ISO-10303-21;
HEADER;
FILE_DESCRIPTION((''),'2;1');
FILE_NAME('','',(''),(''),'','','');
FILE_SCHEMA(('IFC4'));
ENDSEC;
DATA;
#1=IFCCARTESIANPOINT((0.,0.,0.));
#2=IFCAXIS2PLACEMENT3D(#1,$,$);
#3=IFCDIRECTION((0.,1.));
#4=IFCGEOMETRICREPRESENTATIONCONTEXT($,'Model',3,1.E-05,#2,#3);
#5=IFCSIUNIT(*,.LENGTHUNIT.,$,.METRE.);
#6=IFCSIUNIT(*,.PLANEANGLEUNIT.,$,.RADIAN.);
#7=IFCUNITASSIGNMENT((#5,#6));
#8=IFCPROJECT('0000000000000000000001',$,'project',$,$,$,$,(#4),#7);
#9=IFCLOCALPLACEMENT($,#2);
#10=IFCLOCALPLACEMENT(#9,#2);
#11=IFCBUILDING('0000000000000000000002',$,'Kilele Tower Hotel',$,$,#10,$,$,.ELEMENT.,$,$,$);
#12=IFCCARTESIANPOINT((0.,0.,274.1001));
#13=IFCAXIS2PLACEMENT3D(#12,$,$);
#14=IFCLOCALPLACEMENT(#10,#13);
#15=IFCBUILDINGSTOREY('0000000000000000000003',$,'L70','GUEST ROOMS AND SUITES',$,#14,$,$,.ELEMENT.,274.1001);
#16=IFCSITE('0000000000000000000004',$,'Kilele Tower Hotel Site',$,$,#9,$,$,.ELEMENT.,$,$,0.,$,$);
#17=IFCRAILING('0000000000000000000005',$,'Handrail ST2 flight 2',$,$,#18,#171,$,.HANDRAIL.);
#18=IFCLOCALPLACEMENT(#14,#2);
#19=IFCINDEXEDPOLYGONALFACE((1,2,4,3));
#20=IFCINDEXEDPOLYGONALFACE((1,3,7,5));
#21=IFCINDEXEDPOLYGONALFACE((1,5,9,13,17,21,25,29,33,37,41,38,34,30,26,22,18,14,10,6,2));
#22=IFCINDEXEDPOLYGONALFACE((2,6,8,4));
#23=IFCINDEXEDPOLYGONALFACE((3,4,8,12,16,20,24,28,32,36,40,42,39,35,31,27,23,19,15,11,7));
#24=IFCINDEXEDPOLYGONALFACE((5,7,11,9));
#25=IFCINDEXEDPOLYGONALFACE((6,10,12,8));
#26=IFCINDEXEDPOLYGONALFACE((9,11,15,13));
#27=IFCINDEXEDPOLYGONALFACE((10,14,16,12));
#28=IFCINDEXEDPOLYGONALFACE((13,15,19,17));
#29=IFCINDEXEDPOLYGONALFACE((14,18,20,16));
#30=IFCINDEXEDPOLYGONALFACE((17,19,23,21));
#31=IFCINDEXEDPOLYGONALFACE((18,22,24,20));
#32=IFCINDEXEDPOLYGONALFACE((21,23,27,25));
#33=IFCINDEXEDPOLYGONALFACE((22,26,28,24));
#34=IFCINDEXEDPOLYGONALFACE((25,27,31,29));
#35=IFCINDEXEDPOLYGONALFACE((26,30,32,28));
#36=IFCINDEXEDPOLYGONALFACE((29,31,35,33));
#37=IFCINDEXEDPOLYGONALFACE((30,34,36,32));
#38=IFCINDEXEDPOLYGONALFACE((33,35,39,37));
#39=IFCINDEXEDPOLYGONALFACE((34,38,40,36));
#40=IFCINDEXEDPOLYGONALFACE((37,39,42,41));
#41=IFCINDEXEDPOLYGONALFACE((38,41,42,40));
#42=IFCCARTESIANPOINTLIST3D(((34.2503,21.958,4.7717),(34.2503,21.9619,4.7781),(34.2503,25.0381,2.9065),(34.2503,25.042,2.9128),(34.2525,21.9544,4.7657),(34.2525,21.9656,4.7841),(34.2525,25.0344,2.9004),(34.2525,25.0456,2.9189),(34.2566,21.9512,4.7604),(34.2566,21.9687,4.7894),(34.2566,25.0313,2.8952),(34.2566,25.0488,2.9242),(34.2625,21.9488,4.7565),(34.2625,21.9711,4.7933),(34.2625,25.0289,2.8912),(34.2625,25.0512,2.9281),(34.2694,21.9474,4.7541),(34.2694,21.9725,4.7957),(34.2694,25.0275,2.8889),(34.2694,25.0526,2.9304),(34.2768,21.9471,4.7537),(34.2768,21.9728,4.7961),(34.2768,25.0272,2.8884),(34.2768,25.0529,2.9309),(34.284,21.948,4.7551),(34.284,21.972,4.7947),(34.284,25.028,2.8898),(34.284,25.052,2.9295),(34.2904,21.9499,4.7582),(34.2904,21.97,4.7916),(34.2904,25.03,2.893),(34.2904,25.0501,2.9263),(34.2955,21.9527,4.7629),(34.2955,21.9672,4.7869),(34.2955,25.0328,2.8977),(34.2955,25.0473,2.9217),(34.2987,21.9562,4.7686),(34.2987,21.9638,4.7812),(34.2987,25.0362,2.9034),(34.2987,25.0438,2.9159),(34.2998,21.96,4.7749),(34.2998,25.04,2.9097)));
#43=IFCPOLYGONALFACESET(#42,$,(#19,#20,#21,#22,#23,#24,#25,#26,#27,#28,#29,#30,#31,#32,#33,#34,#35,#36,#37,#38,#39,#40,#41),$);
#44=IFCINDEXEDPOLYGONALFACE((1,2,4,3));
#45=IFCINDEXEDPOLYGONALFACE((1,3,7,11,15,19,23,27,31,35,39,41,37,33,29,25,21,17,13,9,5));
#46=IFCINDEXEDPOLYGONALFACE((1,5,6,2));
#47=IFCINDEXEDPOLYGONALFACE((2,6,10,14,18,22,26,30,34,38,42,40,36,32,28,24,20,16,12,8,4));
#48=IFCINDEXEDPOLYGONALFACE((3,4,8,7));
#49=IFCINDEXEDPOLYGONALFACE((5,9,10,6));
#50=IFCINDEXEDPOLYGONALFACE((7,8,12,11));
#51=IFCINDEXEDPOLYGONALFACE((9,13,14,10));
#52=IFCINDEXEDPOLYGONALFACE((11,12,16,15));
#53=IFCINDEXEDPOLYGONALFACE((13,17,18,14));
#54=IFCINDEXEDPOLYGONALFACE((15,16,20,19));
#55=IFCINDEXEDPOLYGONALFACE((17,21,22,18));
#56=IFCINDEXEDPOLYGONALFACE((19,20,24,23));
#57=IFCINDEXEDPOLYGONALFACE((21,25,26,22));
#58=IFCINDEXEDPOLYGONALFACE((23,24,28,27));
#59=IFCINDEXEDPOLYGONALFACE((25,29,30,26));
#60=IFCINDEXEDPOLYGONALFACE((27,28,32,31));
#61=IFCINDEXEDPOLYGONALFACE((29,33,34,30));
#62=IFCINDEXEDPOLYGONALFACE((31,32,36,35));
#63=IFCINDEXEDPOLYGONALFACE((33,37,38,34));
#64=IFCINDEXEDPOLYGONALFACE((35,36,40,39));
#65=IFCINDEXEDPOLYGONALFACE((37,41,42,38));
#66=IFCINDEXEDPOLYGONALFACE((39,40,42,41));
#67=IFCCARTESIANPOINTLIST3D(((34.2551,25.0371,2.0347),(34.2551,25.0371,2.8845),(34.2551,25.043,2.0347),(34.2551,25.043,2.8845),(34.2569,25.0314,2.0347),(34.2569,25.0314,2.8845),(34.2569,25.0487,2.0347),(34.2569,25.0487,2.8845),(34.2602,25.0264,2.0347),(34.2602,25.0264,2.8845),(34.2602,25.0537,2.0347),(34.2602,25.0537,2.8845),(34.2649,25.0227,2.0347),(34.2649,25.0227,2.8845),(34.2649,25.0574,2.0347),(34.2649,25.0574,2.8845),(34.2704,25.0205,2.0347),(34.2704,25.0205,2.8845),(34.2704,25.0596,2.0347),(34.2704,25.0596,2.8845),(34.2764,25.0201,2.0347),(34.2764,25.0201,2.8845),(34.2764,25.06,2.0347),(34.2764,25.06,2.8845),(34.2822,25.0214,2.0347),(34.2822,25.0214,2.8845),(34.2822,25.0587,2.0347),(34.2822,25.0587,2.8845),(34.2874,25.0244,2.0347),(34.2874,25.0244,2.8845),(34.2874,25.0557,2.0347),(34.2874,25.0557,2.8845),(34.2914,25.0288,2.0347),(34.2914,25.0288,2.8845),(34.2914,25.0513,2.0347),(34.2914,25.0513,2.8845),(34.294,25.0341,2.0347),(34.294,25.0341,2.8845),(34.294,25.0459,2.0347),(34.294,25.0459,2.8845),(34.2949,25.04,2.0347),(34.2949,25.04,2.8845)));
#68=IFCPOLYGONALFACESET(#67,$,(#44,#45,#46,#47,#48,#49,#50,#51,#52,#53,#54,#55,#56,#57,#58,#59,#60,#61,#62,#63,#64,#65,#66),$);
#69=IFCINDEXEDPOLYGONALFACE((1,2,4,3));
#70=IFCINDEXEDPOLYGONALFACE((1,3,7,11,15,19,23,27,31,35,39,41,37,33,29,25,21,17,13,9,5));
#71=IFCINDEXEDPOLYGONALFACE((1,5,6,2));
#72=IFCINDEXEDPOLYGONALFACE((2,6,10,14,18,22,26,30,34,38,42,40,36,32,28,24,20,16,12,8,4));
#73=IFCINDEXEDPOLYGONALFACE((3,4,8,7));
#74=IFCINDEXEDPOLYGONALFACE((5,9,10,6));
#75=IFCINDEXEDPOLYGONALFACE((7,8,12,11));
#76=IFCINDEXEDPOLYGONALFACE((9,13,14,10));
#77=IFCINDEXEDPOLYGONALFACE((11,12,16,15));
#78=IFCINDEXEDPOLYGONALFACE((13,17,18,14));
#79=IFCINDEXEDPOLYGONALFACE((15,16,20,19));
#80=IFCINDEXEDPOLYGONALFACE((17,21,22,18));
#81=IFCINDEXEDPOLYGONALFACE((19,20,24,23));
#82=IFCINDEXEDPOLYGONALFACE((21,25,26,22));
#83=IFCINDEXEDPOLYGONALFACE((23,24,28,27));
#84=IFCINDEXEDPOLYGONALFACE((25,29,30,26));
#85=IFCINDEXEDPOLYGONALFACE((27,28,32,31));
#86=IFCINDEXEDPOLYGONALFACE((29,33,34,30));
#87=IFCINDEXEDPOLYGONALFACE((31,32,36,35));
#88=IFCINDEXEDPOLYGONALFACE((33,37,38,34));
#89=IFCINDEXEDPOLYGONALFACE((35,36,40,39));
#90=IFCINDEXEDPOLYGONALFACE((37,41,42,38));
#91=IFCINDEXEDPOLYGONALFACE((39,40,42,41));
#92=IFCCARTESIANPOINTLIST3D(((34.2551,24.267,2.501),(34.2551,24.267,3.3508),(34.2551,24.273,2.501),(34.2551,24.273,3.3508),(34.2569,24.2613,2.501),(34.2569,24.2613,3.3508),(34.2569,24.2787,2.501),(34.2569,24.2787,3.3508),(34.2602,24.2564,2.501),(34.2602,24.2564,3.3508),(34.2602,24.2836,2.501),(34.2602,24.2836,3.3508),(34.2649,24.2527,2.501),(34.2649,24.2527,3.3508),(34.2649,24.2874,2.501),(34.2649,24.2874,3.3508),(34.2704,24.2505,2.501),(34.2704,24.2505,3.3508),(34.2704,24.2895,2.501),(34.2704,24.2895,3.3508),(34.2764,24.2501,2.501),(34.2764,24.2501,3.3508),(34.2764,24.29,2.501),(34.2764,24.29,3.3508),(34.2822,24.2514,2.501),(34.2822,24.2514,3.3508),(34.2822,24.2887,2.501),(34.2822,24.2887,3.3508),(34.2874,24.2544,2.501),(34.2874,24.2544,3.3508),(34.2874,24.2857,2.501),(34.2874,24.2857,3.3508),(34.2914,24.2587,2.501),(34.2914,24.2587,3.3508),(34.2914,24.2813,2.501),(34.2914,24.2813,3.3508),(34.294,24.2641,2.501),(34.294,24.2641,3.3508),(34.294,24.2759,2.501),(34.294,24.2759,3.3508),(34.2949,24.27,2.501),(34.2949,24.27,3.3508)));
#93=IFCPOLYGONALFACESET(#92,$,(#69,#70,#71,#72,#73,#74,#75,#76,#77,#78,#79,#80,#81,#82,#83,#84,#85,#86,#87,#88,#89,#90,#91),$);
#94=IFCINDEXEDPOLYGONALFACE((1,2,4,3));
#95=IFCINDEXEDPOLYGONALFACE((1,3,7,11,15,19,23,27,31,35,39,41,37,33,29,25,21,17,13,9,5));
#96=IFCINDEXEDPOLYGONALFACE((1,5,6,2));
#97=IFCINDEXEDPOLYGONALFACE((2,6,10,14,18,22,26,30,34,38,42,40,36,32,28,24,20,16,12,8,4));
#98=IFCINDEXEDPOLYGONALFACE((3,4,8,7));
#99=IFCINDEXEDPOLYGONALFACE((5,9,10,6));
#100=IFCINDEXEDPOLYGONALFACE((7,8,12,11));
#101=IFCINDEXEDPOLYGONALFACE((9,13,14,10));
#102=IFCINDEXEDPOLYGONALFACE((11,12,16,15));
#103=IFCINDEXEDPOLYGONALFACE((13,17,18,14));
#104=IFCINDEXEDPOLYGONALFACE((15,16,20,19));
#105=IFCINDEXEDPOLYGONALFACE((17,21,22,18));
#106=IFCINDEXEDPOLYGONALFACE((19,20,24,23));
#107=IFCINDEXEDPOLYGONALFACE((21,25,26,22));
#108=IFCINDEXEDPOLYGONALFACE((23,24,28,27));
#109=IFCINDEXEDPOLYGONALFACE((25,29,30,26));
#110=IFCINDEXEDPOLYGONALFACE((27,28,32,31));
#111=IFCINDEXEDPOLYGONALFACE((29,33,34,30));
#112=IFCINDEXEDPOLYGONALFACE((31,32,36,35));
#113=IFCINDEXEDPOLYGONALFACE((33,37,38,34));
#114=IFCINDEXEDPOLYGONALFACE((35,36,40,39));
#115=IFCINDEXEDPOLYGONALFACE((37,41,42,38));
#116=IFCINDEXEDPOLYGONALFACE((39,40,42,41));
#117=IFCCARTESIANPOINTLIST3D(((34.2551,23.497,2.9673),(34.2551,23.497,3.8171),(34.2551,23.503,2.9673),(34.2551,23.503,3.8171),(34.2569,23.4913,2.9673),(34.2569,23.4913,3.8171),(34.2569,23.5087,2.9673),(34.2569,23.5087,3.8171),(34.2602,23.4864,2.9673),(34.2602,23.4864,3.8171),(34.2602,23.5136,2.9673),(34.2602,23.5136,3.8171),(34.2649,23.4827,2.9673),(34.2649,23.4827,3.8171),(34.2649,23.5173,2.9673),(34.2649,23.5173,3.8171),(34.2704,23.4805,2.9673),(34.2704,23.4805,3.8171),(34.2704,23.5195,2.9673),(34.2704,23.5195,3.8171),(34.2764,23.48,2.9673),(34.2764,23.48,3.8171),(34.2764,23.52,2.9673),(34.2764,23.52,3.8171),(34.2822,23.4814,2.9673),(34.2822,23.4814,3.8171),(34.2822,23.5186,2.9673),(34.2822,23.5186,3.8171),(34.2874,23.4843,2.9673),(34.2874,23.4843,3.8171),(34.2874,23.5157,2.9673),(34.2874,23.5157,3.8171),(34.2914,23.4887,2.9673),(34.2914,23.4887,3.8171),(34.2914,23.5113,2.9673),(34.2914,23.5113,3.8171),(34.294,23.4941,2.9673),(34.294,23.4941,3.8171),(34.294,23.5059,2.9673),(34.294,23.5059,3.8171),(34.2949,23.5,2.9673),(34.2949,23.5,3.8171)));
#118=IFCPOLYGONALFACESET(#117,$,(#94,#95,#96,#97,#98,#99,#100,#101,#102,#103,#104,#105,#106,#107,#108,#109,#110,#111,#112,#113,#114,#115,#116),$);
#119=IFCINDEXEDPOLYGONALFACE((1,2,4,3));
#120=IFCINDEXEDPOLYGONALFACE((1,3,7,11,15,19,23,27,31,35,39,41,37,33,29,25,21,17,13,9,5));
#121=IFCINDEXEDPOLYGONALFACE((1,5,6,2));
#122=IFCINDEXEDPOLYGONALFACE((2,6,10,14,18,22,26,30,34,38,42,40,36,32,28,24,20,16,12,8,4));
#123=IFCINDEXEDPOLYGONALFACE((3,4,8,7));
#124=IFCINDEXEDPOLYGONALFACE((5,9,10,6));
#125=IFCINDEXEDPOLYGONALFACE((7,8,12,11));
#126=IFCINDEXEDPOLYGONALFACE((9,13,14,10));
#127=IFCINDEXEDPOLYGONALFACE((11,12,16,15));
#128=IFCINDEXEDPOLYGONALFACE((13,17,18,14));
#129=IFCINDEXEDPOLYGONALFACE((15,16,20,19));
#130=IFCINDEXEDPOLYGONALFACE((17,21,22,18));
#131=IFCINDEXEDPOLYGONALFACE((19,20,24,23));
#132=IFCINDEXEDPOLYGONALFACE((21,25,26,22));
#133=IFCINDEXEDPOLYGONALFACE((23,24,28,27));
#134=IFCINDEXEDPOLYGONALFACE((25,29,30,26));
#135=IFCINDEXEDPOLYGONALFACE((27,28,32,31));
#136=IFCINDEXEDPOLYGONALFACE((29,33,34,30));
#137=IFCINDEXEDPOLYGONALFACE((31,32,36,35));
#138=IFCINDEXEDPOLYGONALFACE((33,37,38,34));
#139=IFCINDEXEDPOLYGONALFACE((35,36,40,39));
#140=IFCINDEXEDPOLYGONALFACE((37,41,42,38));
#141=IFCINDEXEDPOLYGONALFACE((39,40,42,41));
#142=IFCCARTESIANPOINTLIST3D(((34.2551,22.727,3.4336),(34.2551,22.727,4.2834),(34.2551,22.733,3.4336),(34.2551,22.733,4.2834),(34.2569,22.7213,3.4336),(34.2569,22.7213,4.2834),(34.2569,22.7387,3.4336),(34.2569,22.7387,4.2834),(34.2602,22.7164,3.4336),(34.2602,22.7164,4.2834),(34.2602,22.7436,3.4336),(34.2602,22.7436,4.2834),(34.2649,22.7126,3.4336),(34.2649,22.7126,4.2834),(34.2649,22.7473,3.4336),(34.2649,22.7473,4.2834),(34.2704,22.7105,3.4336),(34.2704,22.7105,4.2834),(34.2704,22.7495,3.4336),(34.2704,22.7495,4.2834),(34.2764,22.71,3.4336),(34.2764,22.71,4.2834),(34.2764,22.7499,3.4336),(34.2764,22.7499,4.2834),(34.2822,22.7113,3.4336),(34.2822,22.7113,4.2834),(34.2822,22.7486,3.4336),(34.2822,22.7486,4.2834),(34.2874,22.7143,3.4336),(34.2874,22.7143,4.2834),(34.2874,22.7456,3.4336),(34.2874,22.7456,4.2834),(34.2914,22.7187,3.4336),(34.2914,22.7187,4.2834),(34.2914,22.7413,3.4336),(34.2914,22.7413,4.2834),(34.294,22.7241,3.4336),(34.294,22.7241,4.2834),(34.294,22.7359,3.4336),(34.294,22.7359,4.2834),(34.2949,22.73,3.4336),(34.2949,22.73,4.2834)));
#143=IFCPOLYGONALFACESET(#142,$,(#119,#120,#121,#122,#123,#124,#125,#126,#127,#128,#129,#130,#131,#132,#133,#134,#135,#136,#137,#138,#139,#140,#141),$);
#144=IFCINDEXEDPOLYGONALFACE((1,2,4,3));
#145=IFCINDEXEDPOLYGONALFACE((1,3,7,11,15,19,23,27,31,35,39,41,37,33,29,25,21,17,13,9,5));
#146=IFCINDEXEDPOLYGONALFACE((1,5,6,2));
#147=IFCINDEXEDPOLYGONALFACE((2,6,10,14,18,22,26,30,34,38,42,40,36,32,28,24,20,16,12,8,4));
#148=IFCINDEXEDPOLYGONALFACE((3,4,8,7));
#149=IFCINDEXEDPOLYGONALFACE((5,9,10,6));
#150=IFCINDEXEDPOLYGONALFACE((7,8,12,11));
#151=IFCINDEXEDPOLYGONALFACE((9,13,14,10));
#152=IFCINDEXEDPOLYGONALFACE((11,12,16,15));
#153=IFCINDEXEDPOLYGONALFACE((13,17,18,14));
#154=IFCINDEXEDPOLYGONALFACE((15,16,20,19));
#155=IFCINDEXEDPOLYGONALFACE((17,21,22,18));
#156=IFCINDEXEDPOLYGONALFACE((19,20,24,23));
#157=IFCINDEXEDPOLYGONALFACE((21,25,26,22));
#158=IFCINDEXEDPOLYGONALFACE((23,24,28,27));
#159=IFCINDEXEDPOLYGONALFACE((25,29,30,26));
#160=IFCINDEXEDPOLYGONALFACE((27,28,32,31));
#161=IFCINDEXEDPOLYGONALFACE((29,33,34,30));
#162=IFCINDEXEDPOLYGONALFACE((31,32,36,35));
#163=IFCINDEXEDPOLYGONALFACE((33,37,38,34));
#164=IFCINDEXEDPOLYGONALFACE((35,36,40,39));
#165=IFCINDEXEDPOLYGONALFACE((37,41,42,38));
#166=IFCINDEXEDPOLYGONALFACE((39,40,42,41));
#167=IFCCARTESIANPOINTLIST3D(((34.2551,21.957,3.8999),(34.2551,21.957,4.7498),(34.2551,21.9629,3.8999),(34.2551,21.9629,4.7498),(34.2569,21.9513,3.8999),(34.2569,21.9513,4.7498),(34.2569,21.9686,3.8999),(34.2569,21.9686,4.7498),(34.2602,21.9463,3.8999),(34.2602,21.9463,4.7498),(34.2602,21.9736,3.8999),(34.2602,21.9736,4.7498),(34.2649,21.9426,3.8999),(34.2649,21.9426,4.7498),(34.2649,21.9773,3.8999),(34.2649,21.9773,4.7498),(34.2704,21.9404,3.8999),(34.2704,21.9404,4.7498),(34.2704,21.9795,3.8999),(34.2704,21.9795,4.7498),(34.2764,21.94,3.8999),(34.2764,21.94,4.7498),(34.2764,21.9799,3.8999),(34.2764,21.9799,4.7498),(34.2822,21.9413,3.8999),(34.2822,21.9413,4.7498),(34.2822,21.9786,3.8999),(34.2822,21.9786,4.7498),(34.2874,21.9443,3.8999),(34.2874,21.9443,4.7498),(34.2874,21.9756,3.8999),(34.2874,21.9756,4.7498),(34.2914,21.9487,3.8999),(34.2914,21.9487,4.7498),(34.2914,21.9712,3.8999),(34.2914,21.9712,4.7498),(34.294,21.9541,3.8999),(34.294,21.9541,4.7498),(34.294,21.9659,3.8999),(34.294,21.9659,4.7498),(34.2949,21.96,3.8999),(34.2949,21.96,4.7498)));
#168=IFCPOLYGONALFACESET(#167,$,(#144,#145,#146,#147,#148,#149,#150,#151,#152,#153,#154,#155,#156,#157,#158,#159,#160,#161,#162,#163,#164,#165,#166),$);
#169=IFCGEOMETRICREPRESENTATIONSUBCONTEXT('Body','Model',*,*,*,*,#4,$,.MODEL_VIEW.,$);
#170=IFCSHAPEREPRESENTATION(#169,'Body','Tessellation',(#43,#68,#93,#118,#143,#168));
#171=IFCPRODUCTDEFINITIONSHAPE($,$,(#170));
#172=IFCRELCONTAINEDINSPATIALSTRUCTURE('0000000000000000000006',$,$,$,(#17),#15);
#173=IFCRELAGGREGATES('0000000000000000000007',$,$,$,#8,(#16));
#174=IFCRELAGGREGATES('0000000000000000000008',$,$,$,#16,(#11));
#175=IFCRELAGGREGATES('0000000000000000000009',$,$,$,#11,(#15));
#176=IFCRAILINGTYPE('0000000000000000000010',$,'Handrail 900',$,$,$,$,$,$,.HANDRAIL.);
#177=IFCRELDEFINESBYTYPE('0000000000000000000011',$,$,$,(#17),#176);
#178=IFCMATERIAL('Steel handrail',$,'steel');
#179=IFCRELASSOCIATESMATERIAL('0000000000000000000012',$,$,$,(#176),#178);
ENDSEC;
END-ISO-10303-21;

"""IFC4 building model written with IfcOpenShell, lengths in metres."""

from ifc_helpers import new_model, si_unit, direction, frame, origin, origin_2d, place, context, subcontext, project, spatial, circle, extrude, material, type_object, element, save


model = new_model("IFC4")

# Units and contexts
model_context = context("Model", 3, precision=1e-05, world=origin(), true_north=direction((0.0, 1.0)))
body_context = subcontext(model_context, "Body", "Model", "MODEL_VIEW")
ifc_project = project(units=[si_unit("LENGTHUNIT", "METRE"), si_unit("PLANEANGLEUNIT", "RADIAN")], contexts=[model_context])

# Site, building, storey
site_placement = place(None, origin())
site = spatial("IfcSite", under=ifc_project, at=site_placement, Name="Kilele Tower Hotel Site", CompositionType="ELEMENT", RefElevation=0.0)
building_placement = place(site_placement, origin())
building = spatial("IfcBuilding", under=site, at=building_placement, Name="Kilele Tower Hotel", CompositionType="ELEMENT")
storey_placement = place(building_placement, frame((0.0, 0.0, 274.1001)))
storey = spatial("IfcBuildingStorey", under=building, at=storey_placement, Name="L70", Description="GUEST ROOMS AND SUITES", CompositionType="ELEMENT", Elevation=274.1001)

# Railing
ifc_material_1 = material(Name="Steel handrail", Category="steel")
railing_type_1 = type_object("IfcRailingType", Name="Handrail 900", PredefinedType="HANDRAIL", material=ifc_material_1)
for number, where, name in (
    (1, (34.2749, 25.04, 2.0347), "Handrail ST2 flight 2"),
):
    element("IfcRailing", number, at=place(storey_placement, frame(where)), inside=storey, type_object=railing_type_1, Name=name, PredefinedType="HANDRAIL", context=body_context, shape_type="SweptSolid", body=[
        extrude(circle(Radius=0.0249, at=origin_2d()), frame((0.0, 0.0, 0.875), z_axis=(0.0, -0.85538, 0.518001), x_axis=(1.0, 0.0, 0.0)), (0.0, 0.0, 1.0), 3.6008),
        extrude(circle(Radius=0.02, at=origin_2d()), origin(), (0.0, 0.0, 1.0), 0.8499),
        extrude(circle(Radius=0.02, at=origin_2d()), frame((0.0, -0.77, 0.4663)), (0.0, 0.0, 1.0), 0.8499),
        extrude(circle(Radius=0.02, at=origin_2d()), frame((0.0, -1.54, 0.9326)), (0.0, 0.0, 1.0), 0.8499),
        extrude(circle(Radius=0.02, at=origin_2d()), frame((0.0, -2.3101, 1.3989)), (0.0, 0.0, 1.0), 0.8499),
        extrude(circle(Radius=0.02, at=origin_2d()), frame((0.0, -3.0801, 1.8652)), (0.0, 0.0, 1.0), 0.8499),
    ])

save(model, "model.ifc")
